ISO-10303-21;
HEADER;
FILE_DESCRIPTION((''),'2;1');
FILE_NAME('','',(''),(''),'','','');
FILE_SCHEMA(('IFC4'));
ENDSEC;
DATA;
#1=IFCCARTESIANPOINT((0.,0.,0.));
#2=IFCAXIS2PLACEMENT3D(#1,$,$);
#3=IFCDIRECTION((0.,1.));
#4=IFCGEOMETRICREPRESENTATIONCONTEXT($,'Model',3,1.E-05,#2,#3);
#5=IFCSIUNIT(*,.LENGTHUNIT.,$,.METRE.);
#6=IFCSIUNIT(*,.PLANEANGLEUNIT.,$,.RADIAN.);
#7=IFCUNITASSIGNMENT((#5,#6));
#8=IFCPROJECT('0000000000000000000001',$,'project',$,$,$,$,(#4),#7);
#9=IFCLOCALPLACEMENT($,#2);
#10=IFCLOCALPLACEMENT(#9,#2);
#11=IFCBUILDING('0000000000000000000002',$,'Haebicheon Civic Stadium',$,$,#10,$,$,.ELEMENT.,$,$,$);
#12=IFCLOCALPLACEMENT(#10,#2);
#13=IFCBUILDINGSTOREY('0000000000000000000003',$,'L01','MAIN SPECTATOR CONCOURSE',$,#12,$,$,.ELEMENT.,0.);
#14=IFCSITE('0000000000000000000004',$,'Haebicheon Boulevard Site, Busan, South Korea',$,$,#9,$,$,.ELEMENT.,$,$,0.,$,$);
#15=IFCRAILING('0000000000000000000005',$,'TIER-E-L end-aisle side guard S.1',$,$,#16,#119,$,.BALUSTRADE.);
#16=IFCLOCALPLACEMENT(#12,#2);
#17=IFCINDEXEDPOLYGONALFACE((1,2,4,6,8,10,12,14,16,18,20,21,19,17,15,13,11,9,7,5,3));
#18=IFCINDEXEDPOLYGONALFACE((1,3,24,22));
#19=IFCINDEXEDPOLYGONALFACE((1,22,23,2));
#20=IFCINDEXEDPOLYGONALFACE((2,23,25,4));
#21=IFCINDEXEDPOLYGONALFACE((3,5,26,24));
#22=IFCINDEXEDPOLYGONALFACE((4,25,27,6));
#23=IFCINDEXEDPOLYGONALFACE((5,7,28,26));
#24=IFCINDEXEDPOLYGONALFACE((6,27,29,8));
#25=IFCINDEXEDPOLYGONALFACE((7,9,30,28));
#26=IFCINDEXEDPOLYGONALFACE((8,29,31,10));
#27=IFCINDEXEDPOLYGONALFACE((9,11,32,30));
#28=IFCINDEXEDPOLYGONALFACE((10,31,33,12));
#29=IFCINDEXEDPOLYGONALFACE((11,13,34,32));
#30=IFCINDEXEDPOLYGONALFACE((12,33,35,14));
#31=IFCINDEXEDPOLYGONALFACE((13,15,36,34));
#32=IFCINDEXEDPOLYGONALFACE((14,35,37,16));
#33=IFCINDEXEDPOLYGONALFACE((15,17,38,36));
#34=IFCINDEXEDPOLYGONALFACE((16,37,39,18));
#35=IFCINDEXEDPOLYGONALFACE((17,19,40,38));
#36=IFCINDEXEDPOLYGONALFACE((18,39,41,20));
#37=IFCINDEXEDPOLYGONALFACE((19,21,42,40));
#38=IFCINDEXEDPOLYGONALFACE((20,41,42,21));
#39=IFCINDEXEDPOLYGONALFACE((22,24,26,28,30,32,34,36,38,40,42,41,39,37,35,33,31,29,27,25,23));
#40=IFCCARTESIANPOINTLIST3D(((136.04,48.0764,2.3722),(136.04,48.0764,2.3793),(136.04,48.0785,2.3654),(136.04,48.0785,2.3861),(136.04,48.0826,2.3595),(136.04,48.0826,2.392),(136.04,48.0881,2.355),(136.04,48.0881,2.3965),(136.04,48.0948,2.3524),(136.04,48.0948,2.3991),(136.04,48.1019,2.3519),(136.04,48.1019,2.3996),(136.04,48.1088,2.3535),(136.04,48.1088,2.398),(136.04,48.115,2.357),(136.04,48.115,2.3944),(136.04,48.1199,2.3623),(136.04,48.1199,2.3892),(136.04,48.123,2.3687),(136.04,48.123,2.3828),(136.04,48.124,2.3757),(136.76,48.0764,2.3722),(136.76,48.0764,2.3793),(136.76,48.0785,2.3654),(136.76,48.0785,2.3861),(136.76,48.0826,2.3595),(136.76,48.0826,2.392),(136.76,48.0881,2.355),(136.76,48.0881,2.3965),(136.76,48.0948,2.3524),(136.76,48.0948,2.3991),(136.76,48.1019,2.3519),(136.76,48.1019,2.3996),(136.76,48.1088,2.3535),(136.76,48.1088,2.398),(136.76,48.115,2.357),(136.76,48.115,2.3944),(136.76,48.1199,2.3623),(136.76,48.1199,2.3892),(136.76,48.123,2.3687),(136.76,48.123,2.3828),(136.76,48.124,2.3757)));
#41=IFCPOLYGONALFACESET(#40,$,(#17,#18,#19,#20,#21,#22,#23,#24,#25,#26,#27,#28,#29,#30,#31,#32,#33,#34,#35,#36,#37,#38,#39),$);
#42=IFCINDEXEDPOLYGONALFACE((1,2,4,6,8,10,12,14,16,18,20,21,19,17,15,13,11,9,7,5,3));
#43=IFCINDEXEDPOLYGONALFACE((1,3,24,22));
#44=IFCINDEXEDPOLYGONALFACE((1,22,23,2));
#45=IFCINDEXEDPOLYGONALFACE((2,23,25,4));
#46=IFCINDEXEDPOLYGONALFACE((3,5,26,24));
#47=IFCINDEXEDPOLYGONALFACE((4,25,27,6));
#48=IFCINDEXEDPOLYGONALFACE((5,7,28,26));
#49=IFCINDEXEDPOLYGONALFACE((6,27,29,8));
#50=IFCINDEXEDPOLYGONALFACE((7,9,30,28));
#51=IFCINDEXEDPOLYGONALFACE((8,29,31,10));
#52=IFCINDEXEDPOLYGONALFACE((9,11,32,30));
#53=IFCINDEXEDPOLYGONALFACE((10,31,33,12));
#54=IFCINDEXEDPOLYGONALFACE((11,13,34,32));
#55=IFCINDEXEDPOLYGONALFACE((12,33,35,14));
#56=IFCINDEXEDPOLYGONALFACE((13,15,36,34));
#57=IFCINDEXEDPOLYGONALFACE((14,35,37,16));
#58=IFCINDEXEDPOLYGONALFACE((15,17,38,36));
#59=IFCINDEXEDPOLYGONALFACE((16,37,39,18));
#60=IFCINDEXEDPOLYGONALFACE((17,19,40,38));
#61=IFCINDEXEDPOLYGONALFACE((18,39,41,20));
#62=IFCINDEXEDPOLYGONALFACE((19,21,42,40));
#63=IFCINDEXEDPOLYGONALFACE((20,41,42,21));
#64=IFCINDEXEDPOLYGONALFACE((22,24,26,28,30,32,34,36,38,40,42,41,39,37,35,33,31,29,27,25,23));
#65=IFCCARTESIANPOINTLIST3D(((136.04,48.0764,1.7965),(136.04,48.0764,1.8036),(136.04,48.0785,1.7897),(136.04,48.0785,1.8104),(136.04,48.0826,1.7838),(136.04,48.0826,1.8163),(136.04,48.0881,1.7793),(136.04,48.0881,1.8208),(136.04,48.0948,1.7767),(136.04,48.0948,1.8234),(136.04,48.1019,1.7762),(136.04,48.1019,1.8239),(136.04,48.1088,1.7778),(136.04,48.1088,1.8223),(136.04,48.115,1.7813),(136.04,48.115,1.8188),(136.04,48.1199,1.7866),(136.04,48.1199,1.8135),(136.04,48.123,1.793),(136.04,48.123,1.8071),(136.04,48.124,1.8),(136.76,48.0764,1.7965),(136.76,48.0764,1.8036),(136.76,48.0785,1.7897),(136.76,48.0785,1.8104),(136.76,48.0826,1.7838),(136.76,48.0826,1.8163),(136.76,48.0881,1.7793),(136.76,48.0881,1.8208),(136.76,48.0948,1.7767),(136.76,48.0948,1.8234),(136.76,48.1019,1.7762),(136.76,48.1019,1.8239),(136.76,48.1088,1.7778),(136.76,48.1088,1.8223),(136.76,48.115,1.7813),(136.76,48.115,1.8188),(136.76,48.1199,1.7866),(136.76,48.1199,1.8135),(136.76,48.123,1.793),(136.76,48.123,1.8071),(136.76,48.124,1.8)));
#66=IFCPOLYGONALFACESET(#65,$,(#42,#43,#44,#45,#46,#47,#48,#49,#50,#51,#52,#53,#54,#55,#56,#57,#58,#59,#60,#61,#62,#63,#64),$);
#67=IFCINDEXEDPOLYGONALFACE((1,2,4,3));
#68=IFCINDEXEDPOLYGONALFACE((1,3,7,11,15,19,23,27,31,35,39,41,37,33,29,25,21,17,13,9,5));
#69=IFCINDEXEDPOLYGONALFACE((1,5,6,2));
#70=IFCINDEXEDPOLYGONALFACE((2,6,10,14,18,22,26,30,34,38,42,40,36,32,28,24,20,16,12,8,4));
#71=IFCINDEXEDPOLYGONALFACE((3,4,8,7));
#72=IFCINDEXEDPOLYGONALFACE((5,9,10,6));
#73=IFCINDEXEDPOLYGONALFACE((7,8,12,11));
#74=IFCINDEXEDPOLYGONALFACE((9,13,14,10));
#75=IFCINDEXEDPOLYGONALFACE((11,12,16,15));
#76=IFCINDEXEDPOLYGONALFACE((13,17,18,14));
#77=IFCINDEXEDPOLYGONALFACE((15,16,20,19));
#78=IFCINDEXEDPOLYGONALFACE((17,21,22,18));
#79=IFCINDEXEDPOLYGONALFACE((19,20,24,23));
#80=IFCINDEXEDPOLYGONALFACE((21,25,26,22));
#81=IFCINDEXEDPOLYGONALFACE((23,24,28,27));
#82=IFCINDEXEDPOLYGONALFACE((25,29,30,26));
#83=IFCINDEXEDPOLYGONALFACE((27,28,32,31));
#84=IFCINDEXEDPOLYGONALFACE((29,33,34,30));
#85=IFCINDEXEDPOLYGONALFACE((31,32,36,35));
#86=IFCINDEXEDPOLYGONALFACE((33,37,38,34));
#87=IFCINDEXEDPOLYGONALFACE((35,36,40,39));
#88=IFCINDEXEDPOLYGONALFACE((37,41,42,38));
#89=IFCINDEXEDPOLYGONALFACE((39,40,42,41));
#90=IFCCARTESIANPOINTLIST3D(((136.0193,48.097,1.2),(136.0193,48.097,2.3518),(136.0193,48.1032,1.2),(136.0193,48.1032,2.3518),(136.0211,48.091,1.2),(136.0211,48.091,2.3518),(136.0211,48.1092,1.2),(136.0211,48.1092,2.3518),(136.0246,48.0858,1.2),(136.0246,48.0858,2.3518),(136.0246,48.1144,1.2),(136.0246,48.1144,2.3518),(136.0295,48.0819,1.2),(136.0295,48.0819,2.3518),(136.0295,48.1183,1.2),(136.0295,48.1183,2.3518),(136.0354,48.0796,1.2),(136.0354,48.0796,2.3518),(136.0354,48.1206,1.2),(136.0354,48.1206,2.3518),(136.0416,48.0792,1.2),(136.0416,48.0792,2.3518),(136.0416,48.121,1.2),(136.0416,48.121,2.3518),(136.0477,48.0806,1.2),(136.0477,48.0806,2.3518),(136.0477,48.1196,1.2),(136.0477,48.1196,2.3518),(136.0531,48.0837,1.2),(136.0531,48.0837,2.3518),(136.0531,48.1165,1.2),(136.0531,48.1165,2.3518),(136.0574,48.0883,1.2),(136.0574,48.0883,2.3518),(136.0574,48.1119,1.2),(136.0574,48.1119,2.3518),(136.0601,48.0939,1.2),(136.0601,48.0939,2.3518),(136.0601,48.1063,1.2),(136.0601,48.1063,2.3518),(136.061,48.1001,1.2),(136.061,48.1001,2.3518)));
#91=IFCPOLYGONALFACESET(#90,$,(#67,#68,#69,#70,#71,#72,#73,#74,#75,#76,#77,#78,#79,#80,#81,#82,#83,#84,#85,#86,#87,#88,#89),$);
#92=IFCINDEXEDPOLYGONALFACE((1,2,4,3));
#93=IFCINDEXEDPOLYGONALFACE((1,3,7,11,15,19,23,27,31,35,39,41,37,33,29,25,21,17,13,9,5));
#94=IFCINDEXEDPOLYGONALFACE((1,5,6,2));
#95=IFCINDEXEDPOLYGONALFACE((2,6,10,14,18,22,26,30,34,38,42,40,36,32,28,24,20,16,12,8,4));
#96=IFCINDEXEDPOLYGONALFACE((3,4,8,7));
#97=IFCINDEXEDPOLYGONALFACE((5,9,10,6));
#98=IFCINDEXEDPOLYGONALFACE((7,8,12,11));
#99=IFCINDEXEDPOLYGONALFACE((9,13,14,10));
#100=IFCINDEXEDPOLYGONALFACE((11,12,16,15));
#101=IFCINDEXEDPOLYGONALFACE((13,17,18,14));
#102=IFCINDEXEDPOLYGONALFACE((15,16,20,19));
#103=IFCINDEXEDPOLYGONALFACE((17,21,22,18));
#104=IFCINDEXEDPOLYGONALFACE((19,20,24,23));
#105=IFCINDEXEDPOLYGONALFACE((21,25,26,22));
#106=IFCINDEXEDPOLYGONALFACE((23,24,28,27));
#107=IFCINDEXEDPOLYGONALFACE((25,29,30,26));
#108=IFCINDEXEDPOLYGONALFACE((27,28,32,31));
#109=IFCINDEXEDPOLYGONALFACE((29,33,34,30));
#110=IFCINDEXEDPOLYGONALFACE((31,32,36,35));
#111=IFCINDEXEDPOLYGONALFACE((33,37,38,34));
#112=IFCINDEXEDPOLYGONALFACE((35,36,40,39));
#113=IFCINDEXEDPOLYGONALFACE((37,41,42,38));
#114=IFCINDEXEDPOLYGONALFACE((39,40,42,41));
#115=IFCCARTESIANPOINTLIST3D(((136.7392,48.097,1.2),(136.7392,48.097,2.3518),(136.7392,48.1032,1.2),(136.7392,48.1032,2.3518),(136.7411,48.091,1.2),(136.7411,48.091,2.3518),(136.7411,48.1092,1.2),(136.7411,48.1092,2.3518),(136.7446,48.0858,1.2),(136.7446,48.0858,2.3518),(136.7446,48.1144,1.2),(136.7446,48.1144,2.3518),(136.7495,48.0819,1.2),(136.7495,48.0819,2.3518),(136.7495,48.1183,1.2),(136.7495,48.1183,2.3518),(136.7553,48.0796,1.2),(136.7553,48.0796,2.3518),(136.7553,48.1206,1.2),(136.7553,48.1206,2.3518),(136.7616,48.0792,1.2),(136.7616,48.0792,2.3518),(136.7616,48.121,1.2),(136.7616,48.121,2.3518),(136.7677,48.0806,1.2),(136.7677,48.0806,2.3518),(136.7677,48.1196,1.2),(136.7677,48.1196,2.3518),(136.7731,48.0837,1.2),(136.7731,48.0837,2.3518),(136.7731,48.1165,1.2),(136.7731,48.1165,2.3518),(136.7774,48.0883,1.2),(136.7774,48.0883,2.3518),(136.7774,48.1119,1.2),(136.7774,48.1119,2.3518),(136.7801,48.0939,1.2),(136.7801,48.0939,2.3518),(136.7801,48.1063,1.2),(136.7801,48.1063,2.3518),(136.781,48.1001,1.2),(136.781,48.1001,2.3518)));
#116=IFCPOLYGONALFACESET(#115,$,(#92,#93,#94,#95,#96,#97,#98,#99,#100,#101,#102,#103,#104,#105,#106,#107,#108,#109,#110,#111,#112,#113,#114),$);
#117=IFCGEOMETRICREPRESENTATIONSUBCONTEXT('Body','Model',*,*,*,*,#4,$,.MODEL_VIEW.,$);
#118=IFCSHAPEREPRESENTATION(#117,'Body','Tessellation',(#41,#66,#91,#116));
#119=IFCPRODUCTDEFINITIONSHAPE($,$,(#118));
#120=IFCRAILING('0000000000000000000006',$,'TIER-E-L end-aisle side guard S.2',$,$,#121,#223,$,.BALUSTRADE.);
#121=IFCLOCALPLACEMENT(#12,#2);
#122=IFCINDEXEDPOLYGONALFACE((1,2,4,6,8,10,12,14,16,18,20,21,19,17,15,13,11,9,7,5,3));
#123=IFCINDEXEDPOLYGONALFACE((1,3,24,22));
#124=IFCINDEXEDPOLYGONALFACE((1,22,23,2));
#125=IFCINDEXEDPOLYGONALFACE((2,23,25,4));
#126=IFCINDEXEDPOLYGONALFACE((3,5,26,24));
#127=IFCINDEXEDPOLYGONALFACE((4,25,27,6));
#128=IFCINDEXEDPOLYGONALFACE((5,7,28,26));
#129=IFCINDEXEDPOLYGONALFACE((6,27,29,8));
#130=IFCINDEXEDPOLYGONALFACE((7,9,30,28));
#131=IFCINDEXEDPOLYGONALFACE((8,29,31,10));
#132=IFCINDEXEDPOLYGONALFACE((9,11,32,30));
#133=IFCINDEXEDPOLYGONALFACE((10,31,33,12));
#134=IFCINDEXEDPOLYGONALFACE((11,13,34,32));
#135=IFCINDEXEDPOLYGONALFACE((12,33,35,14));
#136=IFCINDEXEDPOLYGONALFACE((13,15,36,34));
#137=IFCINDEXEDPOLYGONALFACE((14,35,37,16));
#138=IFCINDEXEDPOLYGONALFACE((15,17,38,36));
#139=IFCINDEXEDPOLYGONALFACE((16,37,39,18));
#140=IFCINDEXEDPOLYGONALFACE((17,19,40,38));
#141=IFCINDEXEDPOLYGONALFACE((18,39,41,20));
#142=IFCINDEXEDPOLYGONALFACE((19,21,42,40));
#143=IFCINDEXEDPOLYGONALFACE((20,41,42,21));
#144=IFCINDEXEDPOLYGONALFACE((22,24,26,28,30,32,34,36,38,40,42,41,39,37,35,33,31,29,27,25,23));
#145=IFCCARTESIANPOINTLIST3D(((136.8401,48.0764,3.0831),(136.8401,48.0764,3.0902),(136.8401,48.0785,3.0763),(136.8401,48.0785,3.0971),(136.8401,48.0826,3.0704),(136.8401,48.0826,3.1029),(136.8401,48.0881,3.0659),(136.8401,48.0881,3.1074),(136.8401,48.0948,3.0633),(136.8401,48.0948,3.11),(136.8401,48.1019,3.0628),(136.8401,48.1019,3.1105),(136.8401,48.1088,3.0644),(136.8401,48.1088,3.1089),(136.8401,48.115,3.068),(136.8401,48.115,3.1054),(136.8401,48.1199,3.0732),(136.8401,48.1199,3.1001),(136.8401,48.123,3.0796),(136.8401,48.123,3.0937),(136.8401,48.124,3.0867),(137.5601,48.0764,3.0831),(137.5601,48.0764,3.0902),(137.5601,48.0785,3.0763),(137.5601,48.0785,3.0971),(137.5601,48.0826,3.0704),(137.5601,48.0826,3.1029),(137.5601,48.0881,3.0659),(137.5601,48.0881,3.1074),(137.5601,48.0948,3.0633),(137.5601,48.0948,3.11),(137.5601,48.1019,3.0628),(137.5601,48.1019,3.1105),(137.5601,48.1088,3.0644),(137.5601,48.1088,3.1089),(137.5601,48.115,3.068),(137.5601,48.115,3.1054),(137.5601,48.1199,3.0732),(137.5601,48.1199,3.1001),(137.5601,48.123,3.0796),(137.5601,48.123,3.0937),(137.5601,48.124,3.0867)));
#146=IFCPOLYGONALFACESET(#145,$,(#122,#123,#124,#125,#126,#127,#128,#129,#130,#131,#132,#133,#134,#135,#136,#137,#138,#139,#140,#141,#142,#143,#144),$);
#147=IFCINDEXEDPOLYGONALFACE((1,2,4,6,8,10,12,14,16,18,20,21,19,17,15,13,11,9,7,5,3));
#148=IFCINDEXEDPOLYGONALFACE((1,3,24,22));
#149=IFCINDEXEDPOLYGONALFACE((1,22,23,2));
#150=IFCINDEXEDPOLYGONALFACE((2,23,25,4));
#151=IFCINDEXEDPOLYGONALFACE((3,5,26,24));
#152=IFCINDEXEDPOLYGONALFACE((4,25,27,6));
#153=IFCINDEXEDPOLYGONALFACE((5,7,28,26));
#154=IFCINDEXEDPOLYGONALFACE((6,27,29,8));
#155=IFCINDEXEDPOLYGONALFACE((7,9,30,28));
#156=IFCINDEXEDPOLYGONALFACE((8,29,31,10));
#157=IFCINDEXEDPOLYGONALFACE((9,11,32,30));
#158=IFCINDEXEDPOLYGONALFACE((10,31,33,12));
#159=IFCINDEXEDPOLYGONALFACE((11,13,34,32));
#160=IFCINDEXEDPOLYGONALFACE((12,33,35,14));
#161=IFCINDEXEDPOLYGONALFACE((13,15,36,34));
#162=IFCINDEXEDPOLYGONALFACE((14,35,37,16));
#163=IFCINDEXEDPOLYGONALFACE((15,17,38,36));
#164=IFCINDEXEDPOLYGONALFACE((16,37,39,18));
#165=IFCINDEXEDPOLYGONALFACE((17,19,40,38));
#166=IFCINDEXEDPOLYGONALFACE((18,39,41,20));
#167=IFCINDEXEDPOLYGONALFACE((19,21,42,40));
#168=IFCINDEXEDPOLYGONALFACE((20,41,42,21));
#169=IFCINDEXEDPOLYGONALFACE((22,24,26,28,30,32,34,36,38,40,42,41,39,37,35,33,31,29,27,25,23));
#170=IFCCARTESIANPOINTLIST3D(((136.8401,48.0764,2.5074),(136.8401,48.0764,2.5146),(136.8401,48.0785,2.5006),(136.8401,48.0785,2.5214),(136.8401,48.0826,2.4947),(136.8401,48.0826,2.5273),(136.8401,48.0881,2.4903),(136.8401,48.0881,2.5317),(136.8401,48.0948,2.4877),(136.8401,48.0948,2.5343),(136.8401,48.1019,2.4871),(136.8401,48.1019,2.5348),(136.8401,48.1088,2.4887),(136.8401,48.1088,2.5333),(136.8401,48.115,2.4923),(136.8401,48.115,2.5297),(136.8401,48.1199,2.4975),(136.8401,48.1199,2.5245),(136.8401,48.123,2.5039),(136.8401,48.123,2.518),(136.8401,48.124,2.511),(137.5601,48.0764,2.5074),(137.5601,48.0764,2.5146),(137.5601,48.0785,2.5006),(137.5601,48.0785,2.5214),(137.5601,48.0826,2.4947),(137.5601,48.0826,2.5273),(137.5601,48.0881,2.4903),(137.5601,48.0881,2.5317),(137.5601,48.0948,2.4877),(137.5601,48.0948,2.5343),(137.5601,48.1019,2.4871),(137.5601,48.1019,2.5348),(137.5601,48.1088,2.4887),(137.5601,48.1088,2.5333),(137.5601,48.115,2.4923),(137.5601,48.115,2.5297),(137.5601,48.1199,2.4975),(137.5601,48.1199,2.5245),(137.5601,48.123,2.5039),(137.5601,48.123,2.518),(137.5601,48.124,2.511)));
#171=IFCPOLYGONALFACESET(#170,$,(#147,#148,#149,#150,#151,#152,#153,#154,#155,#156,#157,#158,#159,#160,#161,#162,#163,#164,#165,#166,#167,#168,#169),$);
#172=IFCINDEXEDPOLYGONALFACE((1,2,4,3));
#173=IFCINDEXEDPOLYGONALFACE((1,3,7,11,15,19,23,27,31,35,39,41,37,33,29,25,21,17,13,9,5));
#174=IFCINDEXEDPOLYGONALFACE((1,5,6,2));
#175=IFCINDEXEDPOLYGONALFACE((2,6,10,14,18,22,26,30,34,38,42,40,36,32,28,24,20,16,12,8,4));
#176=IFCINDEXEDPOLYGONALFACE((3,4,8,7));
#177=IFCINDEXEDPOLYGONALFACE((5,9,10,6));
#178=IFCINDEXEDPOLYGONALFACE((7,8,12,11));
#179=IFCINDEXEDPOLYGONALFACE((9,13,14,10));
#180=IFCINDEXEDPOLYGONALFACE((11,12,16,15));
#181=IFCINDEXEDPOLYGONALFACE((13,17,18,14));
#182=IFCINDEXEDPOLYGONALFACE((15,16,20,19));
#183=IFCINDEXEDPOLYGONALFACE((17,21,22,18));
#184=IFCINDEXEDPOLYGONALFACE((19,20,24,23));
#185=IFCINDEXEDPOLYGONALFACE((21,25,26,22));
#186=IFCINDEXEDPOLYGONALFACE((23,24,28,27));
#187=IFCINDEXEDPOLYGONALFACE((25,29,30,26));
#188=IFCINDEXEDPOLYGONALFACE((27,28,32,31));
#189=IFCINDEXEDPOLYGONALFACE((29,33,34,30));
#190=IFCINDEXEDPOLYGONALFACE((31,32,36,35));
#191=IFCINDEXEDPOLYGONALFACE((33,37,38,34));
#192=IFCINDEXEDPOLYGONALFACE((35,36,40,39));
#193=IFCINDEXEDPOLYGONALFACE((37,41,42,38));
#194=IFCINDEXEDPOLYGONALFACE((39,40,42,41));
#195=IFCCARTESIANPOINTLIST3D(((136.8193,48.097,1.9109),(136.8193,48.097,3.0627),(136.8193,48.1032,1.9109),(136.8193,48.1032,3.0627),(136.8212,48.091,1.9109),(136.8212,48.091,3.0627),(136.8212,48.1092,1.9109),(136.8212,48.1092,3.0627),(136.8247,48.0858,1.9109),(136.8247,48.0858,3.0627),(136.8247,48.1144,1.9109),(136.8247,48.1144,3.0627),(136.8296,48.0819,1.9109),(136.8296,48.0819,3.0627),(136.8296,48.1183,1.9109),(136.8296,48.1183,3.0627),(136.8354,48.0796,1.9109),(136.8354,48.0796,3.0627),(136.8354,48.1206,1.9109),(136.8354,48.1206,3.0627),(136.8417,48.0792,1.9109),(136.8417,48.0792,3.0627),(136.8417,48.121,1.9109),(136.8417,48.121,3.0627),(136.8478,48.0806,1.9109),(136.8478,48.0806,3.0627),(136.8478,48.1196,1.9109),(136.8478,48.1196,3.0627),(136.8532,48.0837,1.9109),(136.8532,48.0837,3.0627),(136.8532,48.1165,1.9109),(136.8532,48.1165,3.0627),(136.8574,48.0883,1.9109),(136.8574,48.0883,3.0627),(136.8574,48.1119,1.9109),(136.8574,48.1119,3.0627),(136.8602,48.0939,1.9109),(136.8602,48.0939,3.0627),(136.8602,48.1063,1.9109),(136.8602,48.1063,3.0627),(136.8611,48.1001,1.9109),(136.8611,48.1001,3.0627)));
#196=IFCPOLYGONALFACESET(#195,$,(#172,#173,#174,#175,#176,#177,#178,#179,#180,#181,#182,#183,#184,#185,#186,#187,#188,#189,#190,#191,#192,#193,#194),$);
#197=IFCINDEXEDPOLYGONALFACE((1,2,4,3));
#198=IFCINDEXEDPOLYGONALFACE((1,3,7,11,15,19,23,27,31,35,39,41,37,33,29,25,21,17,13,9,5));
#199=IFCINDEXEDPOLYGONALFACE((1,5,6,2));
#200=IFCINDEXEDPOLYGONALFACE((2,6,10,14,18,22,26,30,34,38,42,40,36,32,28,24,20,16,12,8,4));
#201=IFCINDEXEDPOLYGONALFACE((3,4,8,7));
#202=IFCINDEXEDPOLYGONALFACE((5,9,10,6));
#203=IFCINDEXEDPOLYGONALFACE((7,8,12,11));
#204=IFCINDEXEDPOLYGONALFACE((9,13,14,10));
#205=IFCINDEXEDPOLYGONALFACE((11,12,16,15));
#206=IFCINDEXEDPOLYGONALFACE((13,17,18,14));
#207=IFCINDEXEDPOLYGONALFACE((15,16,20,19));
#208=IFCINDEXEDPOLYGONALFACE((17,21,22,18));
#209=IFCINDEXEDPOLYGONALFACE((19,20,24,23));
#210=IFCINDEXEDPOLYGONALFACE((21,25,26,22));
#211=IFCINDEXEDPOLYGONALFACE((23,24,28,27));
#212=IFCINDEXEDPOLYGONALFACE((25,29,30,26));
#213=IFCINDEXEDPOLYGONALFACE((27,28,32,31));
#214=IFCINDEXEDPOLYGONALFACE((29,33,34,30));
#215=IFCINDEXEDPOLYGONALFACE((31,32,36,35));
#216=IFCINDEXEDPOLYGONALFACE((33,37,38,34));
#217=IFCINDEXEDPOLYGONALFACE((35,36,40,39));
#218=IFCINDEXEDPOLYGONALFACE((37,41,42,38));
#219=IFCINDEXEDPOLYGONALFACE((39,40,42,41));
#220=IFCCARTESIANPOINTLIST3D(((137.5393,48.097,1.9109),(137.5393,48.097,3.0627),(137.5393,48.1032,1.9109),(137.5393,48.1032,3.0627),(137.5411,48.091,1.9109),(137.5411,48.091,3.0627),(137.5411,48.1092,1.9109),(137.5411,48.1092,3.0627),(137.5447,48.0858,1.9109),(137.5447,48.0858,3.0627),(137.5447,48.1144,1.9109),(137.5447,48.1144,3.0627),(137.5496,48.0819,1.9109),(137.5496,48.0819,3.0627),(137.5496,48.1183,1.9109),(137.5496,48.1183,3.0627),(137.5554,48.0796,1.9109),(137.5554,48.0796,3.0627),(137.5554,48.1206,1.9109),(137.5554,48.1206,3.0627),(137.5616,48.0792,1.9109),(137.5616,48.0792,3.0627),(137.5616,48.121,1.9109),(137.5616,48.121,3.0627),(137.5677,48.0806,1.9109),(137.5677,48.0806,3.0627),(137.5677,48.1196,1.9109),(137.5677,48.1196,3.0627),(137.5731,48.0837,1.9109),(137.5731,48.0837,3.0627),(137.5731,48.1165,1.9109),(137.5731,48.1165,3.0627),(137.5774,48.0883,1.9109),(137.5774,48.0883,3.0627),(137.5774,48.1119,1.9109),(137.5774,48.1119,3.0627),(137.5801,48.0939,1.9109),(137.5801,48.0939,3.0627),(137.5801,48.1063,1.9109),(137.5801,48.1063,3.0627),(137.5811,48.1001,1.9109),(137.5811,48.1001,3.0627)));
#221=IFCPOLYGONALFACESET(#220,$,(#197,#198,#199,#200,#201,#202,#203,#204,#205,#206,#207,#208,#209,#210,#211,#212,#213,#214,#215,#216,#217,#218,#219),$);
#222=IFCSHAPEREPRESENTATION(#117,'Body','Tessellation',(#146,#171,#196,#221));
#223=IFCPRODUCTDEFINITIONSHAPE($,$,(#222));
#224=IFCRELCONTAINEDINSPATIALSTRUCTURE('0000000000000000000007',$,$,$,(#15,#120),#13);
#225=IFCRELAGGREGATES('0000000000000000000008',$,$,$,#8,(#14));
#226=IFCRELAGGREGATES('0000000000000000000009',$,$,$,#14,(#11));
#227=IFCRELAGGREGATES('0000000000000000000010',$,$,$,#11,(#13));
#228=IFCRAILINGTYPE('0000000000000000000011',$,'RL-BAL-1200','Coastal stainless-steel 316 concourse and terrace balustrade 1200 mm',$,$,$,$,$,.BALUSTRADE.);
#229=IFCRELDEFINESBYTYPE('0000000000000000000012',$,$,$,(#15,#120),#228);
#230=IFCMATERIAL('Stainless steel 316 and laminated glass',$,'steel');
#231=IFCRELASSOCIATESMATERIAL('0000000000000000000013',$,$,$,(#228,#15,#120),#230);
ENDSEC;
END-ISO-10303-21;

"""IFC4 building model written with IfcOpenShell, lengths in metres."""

from ifc_helpers import new_model, si_unit, direction, frame, origin, origin_2d, place, context, subcontext, project, spatial, circle, extrude, material, type_object, element, save


model = new_model("IFC4")

# Units and contexts
model_context = context("Model", 3, precision=1e-05, world=origin(), true_north=direction((0.0, 1.0)))
body_context = subcontext(model_context, "Body", "Model", "MODEL_VIEW")
ifc_project = project(units=[si_unit("LENGTHUNIT", "METRE"), si_unit("PLANEANGLEUNIT", "RADIAN")], contexts=[model_context])

# Site, building, storey
site_placement = place(None, origin())
site = spatial("IfcSite", under=ifc_project, at=site_placement, Name="Haebicheon Boulevard Site, Busan, South Korea", CompositionType="ELEMENT", RefElevation=0.0)
building_placement = place(site_placement, origin())
building = spatial("IfcBuilding", under=site, at=building_placement, Name="Haebicheon Civic Stadium", CompositionType="ELEMENT")
storey_placement = place(building_placement, origin())
storey = spatial("IfcBuildingStorey", under=building, at=storey_placement, Name="L01", Description="MAIN SPECTATOR CONCOURSE", CompositionType="ELEMENT", Elevation=0.0)

# Railings
ifc_material_1 = material(Name="Stainless steel 316 and laminated glass", Category="steel")
railing_type = type_object("IfcRailingType", Name="RL-BAL-1200", Description="Coastal stainless-steel 316 concourse and terrace balustrade 1200 mm", PredefinedType="BALUSTRADE", material=ifc_material_1)
for number, where, name in (
    (1, (136.04, 48.1001, 1.2), "TIER-E-L end-aisle side guard S.1"),
    (2, (136.8401, 48.1001, 1.9109), "TIER-E-L end-aisle side guard S.2"),
):
    element("IfcRailing", number, at=place(storey_placement, frame(where)), inside=storey, type_object=railing_type, material=ifc_material_1, Name=name, PredefinedType="BALUSTRADE", context=body_context, shape_type="SweptSolid", body=[
        extrude(circle(Radius=0.0239, at=origin_2d()), frame((0.0, 0.0, 1.1758), z_axis=(1.0, 0.0, 0.0), x_axis=(0.0, 1.0, 0.0)), (0.0, 0.0, 1.0), 0.72),
        extrude(circle(Radius=0.0239, at=origin_2d()), frame((0.0, 0.0, 0.6001), z_axis=(1.0, 0.0, 0.0), x_axis=(0.0, 1.0, 0.0)), (0.0, 0.0, 1.0), 0.72),
        extrude(circle(Radius=0.021, at=origin_2d()), origin(), (0.0, 0.0, 1.0), 1.1519),
        extrude(circle(Radius=0.021, at=origin_2d()), frame((0.72, 0.0, 0.0)), (0.0, 0.0, 1.0), 1.1519),
    ])

save(model, "model.ifc")
